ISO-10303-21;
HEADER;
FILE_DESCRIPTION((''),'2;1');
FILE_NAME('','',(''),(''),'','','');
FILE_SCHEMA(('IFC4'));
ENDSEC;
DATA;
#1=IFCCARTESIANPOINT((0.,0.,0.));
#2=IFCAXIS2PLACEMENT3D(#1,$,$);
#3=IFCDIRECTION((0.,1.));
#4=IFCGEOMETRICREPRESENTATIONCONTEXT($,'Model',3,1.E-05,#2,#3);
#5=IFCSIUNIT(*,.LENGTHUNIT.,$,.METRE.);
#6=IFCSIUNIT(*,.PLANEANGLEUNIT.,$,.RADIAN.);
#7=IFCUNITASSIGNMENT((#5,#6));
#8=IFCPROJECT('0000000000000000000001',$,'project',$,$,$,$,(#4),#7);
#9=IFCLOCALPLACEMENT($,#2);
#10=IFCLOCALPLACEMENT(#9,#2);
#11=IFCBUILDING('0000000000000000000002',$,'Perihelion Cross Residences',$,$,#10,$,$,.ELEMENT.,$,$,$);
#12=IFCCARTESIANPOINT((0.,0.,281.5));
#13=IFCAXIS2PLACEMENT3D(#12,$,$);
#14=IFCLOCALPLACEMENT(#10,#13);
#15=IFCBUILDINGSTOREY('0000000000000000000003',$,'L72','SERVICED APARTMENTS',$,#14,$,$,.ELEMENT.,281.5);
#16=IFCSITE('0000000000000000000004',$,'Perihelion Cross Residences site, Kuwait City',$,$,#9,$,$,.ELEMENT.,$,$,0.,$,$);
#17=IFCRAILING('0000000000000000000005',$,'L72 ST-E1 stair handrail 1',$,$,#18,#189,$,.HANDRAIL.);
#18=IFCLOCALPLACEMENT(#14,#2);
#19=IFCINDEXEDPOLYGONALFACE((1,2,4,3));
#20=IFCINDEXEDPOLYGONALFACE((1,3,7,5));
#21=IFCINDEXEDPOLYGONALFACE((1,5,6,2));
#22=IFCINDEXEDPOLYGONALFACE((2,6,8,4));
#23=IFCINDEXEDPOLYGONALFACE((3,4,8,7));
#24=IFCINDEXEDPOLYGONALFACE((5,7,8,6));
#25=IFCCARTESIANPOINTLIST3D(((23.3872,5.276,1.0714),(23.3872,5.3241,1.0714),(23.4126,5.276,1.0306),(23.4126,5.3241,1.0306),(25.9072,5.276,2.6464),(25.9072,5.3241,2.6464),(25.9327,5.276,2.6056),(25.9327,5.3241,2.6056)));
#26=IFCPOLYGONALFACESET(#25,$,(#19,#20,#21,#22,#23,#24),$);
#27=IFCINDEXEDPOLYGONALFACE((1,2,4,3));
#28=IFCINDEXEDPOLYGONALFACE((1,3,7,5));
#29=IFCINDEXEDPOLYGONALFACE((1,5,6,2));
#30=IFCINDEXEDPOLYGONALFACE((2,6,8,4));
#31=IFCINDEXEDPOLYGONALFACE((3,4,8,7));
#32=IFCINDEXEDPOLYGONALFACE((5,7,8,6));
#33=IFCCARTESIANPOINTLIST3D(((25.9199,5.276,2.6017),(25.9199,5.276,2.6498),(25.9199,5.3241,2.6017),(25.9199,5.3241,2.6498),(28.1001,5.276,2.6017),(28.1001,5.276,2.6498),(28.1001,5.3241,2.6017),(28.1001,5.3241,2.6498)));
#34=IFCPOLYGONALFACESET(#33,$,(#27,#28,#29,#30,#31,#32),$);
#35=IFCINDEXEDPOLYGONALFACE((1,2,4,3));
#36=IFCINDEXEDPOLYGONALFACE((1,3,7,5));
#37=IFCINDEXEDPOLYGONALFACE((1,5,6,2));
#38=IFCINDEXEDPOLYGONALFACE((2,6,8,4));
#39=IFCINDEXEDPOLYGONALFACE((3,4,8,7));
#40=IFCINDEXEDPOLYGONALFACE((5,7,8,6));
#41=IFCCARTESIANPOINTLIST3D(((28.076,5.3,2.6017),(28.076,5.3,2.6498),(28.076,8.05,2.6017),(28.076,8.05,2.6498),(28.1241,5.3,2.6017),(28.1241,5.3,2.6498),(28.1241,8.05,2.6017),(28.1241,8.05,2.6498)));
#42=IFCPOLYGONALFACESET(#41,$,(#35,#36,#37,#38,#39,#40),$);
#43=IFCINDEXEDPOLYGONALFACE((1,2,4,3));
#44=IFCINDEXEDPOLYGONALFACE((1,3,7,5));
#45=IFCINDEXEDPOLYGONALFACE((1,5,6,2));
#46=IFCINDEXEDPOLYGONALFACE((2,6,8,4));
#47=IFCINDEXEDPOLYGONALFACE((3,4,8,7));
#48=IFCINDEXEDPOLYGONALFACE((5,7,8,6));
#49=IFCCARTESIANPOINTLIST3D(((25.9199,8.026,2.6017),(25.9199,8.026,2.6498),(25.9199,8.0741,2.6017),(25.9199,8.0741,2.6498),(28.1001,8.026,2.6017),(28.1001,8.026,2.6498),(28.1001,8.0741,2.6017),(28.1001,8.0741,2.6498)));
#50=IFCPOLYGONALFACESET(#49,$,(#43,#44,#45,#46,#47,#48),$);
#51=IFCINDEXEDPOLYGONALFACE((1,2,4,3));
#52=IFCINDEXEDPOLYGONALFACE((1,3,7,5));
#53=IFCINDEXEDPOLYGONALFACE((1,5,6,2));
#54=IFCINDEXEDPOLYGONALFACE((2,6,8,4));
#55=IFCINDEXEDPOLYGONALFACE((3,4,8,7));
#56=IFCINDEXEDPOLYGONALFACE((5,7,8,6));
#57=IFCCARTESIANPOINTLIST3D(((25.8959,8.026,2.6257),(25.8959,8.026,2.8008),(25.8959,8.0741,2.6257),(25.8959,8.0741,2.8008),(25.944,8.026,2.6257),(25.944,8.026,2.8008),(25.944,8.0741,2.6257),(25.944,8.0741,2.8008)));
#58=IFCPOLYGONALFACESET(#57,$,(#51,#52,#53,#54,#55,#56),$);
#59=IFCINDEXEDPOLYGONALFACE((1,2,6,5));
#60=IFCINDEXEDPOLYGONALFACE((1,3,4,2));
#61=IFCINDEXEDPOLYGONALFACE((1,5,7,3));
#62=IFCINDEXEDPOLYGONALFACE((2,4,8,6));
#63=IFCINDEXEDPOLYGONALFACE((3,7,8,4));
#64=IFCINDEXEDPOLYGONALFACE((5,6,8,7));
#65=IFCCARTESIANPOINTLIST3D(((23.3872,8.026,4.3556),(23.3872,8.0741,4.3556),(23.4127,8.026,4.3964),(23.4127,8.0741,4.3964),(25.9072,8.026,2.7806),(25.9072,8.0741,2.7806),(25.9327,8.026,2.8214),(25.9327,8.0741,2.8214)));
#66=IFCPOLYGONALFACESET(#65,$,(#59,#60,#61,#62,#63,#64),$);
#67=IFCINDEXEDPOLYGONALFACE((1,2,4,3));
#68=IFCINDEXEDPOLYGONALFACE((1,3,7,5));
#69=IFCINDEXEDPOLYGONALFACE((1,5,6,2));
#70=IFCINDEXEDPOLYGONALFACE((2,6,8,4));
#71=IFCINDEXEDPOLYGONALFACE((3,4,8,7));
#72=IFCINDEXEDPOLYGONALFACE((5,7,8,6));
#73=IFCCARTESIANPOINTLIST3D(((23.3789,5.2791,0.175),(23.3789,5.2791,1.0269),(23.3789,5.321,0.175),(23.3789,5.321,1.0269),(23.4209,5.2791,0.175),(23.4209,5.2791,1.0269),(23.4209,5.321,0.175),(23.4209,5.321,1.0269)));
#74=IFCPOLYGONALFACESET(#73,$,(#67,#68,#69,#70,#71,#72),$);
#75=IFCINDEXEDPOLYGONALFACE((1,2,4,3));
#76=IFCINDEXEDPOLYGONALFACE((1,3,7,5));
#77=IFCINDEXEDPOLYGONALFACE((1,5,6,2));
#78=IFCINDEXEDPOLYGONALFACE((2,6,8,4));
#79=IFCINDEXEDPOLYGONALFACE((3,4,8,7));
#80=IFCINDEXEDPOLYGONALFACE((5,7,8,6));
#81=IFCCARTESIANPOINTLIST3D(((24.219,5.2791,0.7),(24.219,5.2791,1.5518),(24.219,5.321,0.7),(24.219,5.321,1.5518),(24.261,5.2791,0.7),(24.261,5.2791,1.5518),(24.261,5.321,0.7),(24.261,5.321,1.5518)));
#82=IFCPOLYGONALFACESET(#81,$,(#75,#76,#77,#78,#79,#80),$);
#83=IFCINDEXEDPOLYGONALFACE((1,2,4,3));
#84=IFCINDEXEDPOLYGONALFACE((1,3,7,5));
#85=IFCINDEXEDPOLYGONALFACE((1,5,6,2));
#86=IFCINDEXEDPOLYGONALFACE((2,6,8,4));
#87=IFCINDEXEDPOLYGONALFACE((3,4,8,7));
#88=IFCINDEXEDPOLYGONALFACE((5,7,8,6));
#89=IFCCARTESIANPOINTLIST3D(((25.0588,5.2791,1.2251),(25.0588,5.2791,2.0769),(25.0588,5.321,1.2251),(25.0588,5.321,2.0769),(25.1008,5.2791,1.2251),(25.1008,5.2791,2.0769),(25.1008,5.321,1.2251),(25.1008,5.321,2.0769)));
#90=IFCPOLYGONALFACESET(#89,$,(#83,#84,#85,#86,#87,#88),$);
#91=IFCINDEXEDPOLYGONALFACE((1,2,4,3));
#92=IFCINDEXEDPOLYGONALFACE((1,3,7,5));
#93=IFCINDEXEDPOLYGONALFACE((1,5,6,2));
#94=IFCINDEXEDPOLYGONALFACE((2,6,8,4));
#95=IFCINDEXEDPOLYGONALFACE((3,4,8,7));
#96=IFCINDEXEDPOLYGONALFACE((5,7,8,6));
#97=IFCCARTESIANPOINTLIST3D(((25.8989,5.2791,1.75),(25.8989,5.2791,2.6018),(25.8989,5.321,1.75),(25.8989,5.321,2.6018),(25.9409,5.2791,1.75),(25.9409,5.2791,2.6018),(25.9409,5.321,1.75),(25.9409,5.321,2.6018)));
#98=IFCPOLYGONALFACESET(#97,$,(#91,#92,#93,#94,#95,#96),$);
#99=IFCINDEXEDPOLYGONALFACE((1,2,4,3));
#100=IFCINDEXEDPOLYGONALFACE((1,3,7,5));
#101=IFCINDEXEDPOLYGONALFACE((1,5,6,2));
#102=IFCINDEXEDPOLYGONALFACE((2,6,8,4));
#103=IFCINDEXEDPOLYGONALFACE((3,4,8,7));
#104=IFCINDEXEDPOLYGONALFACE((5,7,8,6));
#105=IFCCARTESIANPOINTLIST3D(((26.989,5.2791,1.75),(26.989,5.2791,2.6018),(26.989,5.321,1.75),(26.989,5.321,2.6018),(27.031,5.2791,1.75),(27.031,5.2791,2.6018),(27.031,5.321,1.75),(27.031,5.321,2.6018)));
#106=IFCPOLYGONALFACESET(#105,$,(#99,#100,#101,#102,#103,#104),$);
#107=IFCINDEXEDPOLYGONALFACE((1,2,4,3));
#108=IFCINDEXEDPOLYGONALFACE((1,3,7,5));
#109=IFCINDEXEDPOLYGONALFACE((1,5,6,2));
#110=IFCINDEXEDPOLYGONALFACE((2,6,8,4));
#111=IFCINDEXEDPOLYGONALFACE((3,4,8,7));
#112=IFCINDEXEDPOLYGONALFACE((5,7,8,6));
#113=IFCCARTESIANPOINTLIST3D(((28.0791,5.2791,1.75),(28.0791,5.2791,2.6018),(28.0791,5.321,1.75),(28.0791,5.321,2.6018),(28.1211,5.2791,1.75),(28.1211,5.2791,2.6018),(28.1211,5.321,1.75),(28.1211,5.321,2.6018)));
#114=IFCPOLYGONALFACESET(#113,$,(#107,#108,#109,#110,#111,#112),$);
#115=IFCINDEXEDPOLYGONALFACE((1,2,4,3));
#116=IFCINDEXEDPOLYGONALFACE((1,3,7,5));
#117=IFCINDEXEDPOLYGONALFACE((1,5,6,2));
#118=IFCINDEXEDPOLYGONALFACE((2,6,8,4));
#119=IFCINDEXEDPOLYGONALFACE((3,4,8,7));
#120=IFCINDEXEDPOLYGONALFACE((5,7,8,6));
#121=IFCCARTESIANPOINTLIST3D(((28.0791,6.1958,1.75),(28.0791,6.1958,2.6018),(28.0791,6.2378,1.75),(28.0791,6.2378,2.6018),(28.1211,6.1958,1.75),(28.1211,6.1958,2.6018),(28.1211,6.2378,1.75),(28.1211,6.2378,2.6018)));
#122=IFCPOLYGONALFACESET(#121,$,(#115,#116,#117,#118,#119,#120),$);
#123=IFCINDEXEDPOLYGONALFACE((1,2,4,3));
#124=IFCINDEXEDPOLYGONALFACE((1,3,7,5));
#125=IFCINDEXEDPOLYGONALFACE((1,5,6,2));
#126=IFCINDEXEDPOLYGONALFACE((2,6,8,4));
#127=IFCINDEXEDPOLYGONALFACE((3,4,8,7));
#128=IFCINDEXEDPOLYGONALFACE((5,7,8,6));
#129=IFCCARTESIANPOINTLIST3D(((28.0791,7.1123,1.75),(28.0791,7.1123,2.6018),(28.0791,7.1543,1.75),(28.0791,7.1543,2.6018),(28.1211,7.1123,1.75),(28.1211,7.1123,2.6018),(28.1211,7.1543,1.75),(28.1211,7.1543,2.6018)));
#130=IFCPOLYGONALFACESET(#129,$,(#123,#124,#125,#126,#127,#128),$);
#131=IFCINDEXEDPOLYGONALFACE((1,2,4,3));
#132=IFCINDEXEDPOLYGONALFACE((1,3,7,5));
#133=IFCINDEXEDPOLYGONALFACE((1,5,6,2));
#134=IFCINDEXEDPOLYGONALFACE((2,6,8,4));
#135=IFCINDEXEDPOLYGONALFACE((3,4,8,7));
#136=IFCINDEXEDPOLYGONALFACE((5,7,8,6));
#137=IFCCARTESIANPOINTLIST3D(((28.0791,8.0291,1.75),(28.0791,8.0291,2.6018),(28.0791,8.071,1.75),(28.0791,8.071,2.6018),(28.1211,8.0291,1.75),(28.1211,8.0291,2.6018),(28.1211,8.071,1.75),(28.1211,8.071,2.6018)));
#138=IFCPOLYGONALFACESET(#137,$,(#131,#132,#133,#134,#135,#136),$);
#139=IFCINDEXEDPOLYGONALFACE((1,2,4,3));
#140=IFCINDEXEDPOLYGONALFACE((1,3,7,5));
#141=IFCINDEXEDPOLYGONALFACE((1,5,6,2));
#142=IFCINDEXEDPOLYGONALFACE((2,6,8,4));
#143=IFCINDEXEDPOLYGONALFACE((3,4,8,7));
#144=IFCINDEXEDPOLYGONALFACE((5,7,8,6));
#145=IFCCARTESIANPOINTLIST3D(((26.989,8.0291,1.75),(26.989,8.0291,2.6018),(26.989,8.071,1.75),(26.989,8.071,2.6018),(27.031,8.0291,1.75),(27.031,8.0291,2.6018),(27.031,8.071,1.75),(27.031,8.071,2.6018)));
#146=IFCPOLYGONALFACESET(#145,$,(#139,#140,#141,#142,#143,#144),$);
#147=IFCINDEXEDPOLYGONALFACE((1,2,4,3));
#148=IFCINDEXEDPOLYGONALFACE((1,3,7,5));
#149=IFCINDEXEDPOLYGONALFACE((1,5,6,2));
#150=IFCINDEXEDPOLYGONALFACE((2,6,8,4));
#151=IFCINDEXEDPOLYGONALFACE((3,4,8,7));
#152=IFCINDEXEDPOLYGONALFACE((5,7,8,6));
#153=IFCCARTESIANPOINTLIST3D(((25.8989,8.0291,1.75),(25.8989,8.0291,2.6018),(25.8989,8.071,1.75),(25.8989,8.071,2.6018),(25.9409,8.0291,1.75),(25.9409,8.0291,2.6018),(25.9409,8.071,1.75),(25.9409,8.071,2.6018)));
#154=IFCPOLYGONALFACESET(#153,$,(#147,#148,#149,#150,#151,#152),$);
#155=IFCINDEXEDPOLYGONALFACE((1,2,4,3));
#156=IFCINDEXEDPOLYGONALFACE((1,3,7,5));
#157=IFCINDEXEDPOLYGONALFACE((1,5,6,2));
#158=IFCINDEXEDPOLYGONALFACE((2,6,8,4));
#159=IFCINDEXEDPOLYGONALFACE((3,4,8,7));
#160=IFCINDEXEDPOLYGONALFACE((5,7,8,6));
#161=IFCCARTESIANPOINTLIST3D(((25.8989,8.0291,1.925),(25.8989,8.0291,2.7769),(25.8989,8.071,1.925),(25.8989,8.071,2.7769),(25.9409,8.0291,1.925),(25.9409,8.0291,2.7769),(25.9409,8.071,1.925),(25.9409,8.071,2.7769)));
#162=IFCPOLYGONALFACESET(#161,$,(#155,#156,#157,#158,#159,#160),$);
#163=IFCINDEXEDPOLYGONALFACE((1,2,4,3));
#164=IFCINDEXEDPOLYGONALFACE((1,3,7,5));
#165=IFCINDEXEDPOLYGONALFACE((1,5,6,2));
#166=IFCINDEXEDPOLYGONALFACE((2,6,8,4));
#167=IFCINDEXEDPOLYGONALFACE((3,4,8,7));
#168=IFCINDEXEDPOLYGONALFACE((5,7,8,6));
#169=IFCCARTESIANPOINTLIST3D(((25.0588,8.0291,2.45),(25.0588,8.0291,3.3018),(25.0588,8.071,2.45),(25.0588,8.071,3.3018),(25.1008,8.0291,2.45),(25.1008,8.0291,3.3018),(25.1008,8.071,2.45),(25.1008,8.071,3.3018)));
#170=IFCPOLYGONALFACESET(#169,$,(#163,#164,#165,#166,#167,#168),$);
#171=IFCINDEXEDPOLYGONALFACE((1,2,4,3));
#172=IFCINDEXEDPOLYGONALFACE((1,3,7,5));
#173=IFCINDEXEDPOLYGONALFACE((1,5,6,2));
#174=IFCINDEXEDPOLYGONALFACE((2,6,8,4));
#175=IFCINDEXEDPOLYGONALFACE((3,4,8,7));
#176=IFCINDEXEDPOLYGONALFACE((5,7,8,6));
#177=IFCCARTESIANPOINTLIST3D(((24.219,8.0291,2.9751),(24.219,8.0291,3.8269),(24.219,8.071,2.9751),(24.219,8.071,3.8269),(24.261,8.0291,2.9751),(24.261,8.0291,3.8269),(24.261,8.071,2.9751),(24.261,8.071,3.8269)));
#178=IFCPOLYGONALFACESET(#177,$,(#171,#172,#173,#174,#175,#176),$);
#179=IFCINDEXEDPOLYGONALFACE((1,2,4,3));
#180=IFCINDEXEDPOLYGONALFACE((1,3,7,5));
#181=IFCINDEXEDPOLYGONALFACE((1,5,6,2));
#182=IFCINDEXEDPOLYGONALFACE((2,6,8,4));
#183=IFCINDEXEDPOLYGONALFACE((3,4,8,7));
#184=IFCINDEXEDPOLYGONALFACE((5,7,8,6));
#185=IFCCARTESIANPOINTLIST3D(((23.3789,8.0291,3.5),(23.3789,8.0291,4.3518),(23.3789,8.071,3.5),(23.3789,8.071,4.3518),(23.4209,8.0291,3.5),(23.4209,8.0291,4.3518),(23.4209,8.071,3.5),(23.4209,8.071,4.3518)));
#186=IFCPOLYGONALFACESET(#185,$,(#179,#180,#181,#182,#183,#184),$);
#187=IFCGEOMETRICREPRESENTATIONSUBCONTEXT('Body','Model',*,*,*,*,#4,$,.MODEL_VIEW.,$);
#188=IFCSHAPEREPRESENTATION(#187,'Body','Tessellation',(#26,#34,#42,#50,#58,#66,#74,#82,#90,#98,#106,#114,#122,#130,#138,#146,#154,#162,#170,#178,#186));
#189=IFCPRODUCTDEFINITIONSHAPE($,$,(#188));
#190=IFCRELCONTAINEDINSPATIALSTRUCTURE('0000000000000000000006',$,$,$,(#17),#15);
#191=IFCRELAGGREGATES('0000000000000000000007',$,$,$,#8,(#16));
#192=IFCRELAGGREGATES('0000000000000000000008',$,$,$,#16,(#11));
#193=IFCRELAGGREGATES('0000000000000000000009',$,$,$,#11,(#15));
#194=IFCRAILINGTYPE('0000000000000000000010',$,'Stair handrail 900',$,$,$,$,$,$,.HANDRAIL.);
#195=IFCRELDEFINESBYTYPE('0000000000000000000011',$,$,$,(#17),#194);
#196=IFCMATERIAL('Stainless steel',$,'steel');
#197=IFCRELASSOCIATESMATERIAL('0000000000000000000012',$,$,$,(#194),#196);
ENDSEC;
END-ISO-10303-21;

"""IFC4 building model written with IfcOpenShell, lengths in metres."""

from ifc_helpers import new_model, si_unit, direction, frame, origin, origin_2d, place, context, subcontext, project, spatial, rectangle, extrude, material, type_object, element, save


model = new_model("IFC4")

# Units and contexts
model_context = context("Model", 3, precision=1e-05, world=origin(), true_north=direction((0.0, 1.0)))
body_context = subcontext(model_context, "Body", "Model", "MODEL_VIEW")
ifc_project = project(units=[si_unit("LENGTHUNIT", "METRE"), si_unit("PLANEANGLEUNIT", "RADIAN")], contexts=[model_context])

# Site, building, storey
site_placement = place(None, origin())
site = spatial("IfcSite", under=ifc_project, at=site_placement, Name="Perihelion Cross Residences site, Kuwait City", CompositionType="ELEMENT", RefElevation=0.0)
building_placement = place(site_placement, origin())
building = spatial("IfcBuilding", under=site, at=building_placement, Name="Perihelion Cross Residences", CompositionType="ELEMENT")
storey_placement = place(building_placement, frame((0.0, 0.0, 281.5)))
storey = spatial("IfcBuildingStorey", under=building, at=storey_placement, Name="L72", Description="SERVICED APARTMENTS", CompositionType="ELEMENT", Elevation=281.5)

# Railing
ifc_material_1 = material(Name="Stainless steel", Category="steel")
railing_type_1 = type_object("IfcRailingType", Name="Stair handrail 900", PredefinedType="HANDRAIL", material=ifc_material_1)
railing_1_placement = place(storey_placement, frame((23.3999, 5.3, 0.175)))
element("IfcRailing", 1, at=railing_1_placement, inside=storey, type_object=railing_type_1, Name="L72 ST-E1 stair handrail 1", PredefinedType="HANDRAIL", context=body_context, shape_type="SweptSolid", body=[
    extrude(rectangle(XDim=0.0481, YDim=0.0481, at=origin_2d()), frame((0.0, 0.0, 0.876), z_axis=(0.848008, 0.0, 0.529984), x_axis=(0.0, 1.0, 0.0)), (0.0, 0.0, 1.0), 2.9717),
    extrude(rectangle(XDim=0.0481, YDim=0.0481, at=origin_2d()), frame((2.52, 0.0, 2.4507), z_axis=(1.0, 0.0, 0.0), x_axis=(0.0, 1.0, 0.0)), (0.0, 0.0, 1.0), 2.1802),
    extrude(rectangle(XDim=0.0481, YDim=0.0481, at=origin_2d()), frame((4.7002, 0.0, 2.4507), z_axis=(0.0, 1.0, 0.0), x_axis=(-1.0, 0.0, 0.0)), (0.0, 0.0, 1.0), 2.75),
    extrude(rectangle(XDim=0.0481, YDim=0.0481, at=origin_2d()), frame((4.7002, 2.75, 2.4507), z_axis=(-1.0, 0.0, 0.0), x_axis=(0.0, -1.0, 0.0)), (0.0, 0.0, 1.0), 2.1802),
    extrude(rectangle(XDim=0.0481, YDim=0.0481, at=origin_2d()), frame((2.52, 2.75, 2.4507), z_axis=(0.0, 0.0, 1.0), x_axis=(1.0, 0.0, 0.0)), (0.0, 0.0, 1.0), 0.175),
    extrude(rectangle(XDim=0.0481, YDim=0.0481, at=origin_2d()), frame((2.52, 2.75, 2.626), z_axis=(-0.848008, 0.0, 0.529984), x_axis=(0.0, -1.0, 0.0)), (0.0, 0.0, 1.0), 2.9717),
    extrude(rectangle(XDim=0.042, YDim=0.042, at=origin_2d()), origin(), (0.0, 0.0, 1.0), 0.8518),
    extrude(rectangle(XDim=0.042, YDim=0.042, at=origin_2d()), frame((0.8401, 0.0, 0.5249)), (0.0, 0.0, 1.0), 0.8518),
    extrude(rectangle(XDim=0.042, YDim=0.042, at=origin_2d()), frame((1.6799, 0.0, 1.05)), (0.0, 0.0, 1.0), 0.8518),
    extrude(rectangle(XDim=0.042, YDim=0.042, at=origin_2d()), frame((2.52, 0.0, 1.575)), (0.0, 0.0, 1.0), 0.8518),
    extrude(rectangle(XDim=0.042, YDim=0.042, at=origin_2d()), frame((3.6101, 0.0, 1.575)), (0.0, 0.0, 1.0), 0.8518),
    extrude(rectangle(XDim=0.042, YDim=0.042, at=origin_2d()), frame((4.7002, 0.0, 1.575)), (0.0, 0.0, 1.0), 0.8518),
    extrude(rectangle(XDim=0.042, YDim=0.042, at=origin_2d()), frame((4.7002, 0.9167, 1.575)), (0.0, 0.0, 1.0), 0.8518),
    extrude(rectangle(XDim=0.042, YDim=0.042, at=origin_2d()), frame((4.7002, 1.8333, 1.575)), (0.0, 0.0, 1.0), 0.8518),
    extrude(rectangle(XDim=0.042, YDim=0.042, at=origin_2d()), frame((4.7002, 2.75, 1.575)), (0.0, 0.0, 1.0), 0.8518),
    extrude(rectangle(XDim=0.042, YDim=0.042, at=origin_2d()), frame((3.6101, 2.75, 1.575)), (0.0, 0.0, 1.0), 0.8518),
    extrude(rectangle(XDim=0.042, YDim=0.042, at=origin_2d()), frame((2.52, 2.75, 1.575)), (0.0, 0.0, 1.0), 0.8518),
    extrude(rectangle(XDim=0.042, YDim=0.042, at=origin_2d()), frame((2.52, 2.75, 1.75)), (0.0, 0.0, 1.0), 0.8518),
    extrude(rectangle(XDim=0.042, YDim=0.042, at=origin_2d()), frame((1.6799, 2.75, 2.2749)), (0.0, 0.0, 1.0), 0.8518),
    extrude(rectangle(XDim=0.042, YDim=0.042, at=origin_2d()), frame((0.8401, 2.75, 2.8)), (0.0, 0.0, 1.0), 0.8518),
    extrude(rectangle(XDim=0.042, YDim=0.042, at=origin_2d()), frame((0.0, 2.75, 3.325)), (0.0, 0.0, 1.0), 0.8518),
])

save(model, "model.ifc")
